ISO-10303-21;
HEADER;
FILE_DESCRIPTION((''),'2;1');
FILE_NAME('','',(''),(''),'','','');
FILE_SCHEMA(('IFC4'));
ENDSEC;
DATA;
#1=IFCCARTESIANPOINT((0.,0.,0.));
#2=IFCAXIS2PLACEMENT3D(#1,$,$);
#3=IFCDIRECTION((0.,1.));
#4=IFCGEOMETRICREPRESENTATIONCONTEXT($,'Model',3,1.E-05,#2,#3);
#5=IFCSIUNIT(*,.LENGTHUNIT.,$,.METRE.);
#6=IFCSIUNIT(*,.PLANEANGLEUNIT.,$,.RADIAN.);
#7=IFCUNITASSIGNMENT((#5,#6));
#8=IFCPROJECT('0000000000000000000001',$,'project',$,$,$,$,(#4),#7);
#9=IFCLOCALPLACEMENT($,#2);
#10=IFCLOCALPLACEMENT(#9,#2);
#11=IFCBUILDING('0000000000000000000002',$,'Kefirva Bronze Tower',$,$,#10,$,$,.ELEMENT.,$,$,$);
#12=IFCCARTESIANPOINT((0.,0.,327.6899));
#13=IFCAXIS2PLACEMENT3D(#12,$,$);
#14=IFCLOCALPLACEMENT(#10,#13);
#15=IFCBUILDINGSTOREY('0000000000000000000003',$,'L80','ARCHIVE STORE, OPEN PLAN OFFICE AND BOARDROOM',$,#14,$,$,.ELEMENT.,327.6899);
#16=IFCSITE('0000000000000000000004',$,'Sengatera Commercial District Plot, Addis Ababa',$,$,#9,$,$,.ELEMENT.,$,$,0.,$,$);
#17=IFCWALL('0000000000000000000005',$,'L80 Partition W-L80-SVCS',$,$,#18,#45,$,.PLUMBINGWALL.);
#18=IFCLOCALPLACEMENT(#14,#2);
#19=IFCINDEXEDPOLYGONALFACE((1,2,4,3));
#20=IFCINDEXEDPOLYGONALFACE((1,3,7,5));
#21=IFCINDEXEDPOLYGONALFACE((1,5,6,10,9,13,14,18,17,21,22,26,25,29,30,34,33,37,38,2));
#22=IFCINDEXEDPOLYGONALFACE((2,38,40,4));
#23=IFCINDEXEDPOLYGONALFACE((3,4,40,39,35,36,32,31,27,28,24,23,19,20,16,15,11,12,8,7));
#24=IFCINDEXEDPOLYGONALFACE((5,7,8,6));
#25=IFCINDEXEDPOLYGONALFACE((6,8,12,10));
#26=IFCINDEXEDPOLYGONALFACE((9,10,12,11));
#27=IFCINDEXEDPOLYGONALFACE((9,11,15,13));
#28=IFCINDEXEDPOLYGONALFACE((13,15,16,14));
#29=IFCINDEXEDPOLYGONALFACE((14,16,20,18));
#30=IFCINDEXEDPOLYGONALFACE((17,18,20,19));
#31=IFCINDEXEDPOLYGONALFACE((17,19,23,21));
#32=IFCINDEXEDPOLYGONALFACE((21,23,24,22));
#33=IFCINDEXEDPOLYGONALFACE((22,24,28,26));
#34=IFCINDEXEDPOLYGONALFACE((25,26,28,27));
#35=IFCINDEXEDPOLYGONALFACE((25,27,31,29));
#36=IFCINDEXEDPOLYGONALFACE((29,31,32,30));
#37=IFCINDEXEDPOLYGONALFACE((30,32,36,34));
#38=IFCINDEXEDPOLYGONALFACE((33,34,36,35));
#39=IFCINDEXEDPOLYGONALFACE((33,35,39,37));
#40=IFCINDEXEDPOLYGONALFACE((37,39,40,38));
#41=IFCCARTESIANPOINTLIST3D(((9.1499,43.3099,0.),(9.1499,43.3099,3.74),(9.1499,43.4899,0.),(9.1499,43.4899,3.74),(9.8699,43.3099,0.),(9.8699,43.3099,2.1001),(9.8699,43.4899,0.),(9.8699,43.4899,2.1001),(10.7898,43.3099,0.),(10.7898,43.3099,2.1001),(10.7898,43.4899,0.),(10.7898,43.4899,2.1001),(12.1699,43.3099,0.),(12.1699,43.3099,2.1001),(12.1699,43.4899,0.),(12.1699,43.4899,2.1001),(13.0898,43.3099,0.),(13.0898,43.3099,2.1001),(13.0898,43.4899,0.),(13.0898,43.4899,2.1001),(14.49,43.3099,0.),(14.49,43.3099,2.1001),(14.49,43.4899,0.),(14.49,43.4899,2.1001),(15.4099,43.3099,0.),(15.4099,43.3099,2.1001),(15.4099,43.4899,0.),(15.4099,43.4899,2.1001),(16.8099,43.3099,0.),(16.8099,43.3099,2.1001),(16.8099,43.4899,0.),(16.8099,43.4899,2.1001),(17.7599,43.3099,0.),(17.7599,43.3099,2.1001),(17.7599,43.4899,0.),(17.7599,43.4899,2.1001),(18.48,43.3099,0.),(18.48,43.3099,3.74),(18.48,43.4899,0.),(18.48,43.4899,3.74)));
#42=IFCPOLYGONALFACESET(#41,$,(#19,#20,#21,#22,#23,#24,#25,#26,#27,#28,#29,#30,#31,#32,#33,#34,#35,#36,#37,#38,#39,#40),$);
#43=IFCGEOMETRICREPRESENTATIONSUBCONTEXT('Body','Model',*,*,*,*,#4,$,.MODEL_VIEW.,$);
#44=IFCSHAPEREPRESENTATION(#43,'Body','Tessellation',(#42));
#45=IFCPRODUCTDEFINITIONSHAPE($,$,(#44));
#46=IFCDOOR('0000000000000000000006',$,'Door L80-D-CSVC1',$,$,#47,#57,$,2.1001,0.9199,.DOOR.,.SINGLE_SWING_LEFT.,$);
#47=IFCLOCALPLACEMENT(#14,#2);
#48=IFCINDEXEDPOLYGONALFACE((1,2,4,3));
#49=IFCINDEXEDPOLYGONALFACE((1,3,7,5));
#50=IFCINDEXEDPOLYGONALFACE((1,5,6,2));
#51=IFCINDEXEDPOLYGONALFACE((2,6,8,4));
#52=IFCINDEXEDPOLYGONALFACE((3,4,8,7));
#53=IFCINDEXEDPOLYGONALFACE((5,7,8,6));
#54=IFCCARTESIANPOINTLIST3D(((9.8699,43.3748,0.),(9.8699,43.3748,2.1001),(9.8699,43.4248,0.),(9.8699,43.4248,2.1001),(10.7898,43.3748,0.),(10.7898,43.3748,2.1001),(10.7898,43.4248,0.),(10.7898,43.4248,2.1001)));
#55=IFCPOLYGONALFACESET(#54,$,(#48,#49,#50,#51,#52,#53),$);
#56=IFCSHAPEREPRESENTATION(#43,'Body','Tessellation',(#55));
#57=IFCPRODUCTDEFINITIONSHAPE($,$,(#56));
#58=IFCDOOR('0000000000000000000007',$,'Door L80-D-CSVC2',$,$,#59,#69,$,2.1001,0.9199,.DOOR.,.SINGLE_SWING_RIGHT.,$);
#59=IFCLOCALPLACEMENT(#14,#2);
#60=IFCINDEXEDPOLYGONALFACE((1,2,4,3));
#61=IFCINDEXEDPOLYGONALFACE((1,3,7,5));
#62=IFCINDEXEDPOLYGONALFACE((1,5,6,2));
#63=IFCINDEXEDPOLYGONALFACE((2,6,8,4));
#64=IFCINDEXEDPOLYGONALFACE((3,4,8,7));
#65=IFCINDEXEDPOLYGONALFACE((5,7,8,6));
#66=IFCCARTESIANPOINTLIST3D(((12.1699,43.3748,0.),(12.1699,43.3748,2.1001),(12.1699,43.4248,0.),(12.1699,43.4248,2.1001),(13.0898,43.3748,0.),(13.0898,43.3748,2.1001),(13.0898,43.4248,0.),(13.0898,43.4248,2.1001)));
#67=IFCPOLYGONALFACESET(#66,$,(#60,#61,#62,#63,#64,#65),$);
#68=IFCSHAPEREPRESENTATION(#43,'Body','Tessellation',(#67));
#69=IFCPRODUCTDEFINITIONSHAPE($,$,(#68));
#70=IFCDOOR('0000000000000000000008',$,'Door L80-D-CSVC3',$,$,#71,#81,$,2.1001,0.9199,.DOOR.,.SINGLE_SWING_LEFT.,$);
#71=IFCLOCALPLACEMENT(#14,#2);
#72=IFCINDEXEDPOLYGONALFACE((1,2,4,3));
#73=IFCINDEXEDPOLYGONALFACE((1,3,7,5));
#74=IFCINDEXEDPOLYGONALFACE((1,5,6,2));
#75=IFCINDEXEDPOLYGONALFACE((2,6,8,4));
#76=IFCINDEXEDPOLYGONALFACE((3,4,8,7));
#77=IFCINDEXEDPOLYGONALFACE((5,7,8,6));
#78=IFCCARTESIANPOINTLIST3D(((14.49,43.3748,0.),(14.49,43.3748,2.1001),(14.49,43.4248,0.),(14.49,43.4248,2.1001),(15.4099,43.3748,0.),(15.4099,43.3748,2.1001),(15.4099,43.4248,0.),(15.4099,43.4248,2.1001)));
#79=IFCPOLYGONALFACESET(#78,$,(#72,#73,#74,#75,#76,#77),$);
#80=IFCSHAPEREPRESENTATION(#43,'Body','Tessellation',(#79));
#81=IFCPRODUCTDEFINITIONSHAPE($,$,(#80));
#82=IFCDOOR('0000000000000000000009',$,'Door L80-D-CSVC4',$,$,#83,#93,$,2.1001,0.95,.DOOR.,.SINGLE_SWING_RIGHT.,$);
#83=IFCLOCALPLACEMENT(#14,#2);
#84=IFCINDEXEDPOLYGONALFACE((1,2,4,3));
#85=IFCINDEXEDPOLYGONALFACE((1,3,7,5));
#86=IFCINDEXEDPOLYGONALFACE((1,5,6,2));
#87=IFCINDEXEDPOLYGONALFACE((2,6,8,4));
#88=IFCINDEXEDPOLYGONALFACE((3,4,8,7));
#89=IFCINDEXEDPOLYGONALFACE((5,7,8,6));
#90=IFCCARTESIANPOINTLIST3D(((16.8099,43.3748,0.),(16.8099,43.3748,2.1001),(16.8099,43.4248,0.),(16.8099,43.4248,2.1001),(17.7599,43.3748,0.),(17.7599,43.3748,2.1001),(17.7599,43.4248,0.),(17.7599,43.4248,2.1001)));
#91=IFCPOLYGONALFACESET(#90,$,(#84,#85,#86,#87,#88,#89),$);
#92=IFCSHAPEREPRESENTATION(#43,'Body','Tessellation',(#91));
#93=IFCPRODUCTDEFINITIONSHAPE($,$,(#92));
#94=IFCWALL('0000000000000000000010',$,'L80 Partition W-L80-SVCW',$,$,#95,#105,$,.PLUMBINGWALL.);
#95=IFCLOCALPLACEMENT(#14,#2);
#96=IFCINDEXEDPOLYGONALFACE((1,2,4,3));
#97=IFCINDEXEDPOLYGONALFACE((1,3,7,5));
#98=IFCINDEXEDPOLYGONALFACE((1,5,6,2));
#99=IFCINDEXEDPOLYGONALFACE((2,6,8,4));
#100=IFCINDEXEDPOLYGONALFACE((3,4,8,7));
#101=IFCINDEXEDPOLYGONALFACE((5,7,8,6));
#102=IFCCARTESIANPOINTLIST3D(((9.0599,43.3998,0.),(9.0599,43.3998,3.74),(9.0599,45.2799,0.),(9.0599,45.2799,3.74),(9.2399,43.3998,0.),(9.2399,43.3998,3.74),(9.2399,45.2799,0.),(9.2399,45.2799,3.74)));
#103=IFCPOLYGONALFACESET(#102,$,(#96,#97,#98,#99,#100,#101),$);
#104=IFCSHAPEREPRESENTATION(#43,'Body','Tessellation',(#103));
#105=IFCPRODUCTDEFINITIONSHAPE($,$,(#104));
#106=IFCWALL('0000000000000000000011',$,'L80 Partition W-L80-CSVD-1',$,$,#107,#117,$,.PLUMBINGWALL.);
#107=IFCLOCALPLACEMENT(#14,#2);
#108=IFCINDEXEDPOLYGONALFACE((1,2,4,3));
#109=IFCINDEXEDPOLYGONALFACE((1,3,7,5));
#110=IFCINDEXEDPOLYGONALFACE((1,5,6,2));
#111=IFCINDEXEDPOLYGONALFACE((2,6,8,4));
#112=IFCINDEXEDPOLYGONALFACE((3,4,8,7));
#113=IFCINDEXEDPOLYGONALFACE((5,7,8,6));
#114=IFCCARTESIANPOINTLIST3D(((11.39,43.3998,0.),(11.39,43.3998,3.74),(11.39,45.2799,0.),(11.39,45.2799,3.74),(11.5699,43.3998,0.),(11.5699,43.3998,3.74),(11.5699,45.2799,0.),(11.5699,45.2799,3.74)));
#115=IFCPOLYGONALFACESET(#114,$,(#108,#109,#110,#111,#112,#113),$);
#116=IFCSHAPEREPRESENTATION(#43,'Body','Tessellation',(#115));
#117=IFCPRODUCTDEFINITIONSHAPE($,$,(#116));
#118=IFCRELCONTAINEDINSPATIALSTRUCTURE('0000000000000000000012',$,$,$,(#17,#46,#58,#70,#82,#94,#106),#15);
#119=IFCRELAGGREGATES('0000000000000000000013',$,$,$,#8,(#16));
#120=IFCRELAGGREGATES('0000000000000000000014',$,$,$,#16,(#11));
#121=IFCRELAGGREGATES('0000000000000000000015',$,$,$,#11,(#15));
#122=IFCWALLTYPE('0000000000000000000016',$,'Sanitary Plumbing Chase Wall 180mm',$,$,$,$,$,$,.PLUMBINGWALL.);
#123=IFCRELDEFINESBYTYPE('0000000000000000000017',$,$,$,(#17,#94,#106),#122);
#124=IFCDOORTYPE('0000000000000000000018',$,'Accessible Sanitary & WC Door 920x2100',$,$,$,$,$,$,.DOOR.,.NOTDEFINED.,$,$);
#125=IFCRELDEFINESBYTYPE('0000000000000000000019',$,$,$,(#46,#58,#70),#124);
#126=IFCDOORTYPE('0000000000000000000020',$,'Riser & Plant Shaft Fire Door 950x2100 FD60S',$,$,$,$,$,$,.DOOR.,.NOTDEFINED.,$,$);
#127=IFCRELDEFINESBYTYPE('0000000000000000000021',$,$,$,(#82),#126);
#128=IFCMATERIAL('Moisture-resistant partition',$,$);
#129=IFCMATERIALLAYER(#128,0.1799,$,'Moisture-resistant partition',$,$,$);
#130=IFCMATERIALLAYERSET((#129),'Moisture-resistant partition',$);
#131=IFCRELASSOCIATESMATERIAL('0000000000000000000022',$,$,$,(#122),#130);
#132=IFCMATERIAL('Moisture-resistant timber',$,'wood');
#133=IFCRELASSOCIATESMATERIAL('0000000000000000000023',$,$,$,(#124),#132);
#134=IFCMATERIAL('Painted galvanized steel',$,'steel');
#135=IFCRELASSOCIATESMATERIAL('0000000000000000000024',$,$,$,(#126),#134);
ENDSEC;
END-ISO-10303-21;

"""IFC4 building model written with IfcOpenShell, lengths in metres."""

from ifc_helpers import new_model, si_unit, direction, frame, frame_2d, origin, place, context, subcontext, project, spatial, rectangle, extrude, material, layer, layer_set, type_object, element, fill, save


model = new_model("IFC4")

# Units and contexts
model_context = context("Model", 3, precision=1e-05, world=origin(), true_north=direction((0.0, 1.0)))
body_context = subcontext(model_context, "Body", "Model", "MODEL_VIEW")
ifc_project = project(units=[si_unit("LENGTHUNIT", "METRE"), si_unit("PLANEANGLEUNIT", "RADIAN")], contexts=[model_context])

# Site, building, storey
site_placement = place(None, origin())
site = spatial("IfcSite", under=ifc_project, at=site_placement, Name="Sengatera Commercial District Plot, Addis Ababa", CompositionType="ELEMENT", RefElevation=0.0)
building_placement = place(site_placement, origin())
building = spatial("IfcBuilding", under=site, at=building_placement, Name="Kefirva Bronze Tower", CompositionType="ELEMENT")
storey_placement = place(building_placement, frame((0.0, 0.0, 327.6899)))
storey = spatial("IfcBuildingStorey", under=building, at=storey_placement, Name="L80", Description="ARCHIVE STORE, OPEN PLAN OFFICE AND BOARDROOM", CompositionType="ELEMENT", Elevation=327.6899)

# Shared definitions
ifc_material_1 = material(Name="Painted galvanized steel", Category="steel")

# Wall, openings, doors
ifc_material_2 = material(Name="Moisture-resistant partition")
ifc_layer_1 = layer(ifc_material_2, 0.1799, Name="Moisture-resistant partition")
ifc_layer_set_1 = layer_set([ifc_layer_1], Name="Moisture-resistant partition")
wall_type_1 = type_object("IfcWallType", Name="Sanitary Plumbing Chase Wall 180mm", PredefinedType="PLUMBINGWALL", material=ifc_layer_set_1)
wall_1_placement = place(storey_placement, frame((9.1499, 43.3999, 0.0), z_axis=(0.0, 0.0, 1.0), x_axis=(1.0, 0.0, 0.0)))
wall_1 = element("IfcWall", 1, at=wall_1_placement, inside=storey, type_object=wall_type_1, Name="L80 Partition W-L80-SVCS", PredefinedType="PLUMBINGWALL", context=body_context, shape_type="SweptSolid", body=[
    extrude(rectangle(XDim=9.3301, YDim=0.1799, at=frame_2d((4.665, 0.0))), origin(), (0.0, 0.0, 1.0), 3.74),
])
opening_1_placement = place(wall_1_placement, frame((0.72, 0.0, 0.0)))
opening_1 = element("IfcOpeningElement", 2, at=opening_1_placement, cuts=wall_1, PredefinedType="OPENING", context=body_context, shape_type="SweptSolid", body=[
    extrude(rectangle(XDim=0.9199, YDim=2.1001, at=frame_2d((0.46, 1.05))), frame((0.0, 0.1001, 0.0), z_axis=(0.0, -1.0, 0.0), x_axis=(1.0, 0.0, 0.0)), (0.0, 0.0, 1.0), 0.2),
])
opening_2_placement = place(wall_1_placement, frame((3.02, 0.0, 0.0)))
opening_2 = element("IfcOpeningElement", 3, at=opening_2_placement, cuts=wall_1, PredefinedType="OPENING", context=body_context, shape_type="SweptSolid", body=[
    extrude(rectangle(XDim=0.9199, YDim=2.1001, at=frame_2d((0.46, 1.05))), frame((0.0, 0.1001, 0.0), z_axis=(0.0, -1.0, 0.0), x_axis=(1.0, 0.0, 0.0)), (0.0, 0.0, 1.0), 0.2),
])
opening_3_placement = place(wall_1_placement, frame((5.3401, 0.0, 0.0)))
opening_3 = element("IfcOpeningElement", 4, at=opening_3_placement, cuts=wall_1, PredefinedType="OPENING", context=body_context, shape_type="SweptSolid", body=[
    extrude(rectangle(XDim=0.9199, YDim=2.1001, at=frame_2d((0.46, 1.05))), frame((0.0, 0.1001, 0.0), z_axis=(0.0, -1.0, 0.0), x_axis=(1.0, 0.0, 0.0)), (0.0, 0.0, 1.0), 0.2),
])
opening_4_placement = place(wall_1_placement, frame((7.6599, 0.0, 0.0)))
opening_4 = element("IfcOpeningElement", 5, at=opening_4_placement, cuts=wall_1, PredefinedType="OPENING", context=body_context, shape_type="SweptSolid", body=[
    extrude(rectangle(XDim=0.95, YDim=2.1001, at=frame_2d((0.4751, 1.05))), frame((0.0, 0.1001, 0.0), z_axis=(0.0, -1.0, 0.0), x_axis=(1.0, 0.0, 0.0)), (0.0, 0.0, 1.0), 0.2),
])
ifc_material_3 = material(Name="Moisture-resistant timber", Category="wood")
door_type_1 = type_object("IfcDoorType", Name="Accessible Sanitary & WC Door 920x2100", OperationType="NOTDEFINED", PredefinedType="DOOR", material=ifc_material_3)
door_1_placement = place(opening_1_placement, origin())
door_1 = element("IfcDoor", 6, at=door_1_placement, inside=storey, type_object=door_type_1, Name="Door L80-D-CSVC1", OperationType="SINGLE_SWING_LEFT", OverallHeight=2.1001, OverallWidth=0.9199, PredefinedType="DOOR", context=body_context, shape_type="SweptSolid", body=[
    extrude(rectangle(XDim=0.9199, YDim=2.1001, at=frame_2d((0.46, 1.05))), frame((0.0, 0.0249, 0.0), z_axis=(0.0, -1.0, 0.0), x_axis=(1.0, 0.0, 0.0)), (0.0, 0.0, 1.0), 0.05),
])
fill(opening_1, door_1)
door_2_placement = place(opening_2_placement, origin())
door_2 = element("IfcDoor", 7, at=door_2_placement, inside=storey, type_object=door_type_1, Name="Door L80-D-CSVC2", OperationType="SINGLE_SWING_RIGHT", OverallHeight=2.1001, OverallWidth=0.9199, PredefinedType="DOOR", context=body_context, shape_type="SweptSolid", body=[
    extrude(rectangle(XDim=0.9199, YDim=2.1001, at=frame_2d((0.46, 1.05))), frame((0.0, 0.0249, 0.0), z_axis=(0.0, -1.0, 0.0), x_axis=(1.0, 0.0, 0.0)), (0.0, 0.0, 1.0), 0.05),
])
fill(opening_2, door_2)
door_3_placement = place(opening_3_placement, origin())
door_3 = element("IfcDoor", 8, at=door_3_placement, inside=storey, type_object=door_type_1, Name="Door L80-D-CSVC3", OperationType="SINGLE_SWING_LEFT", OverallHeight=2.1001, OverallWidth=0.9199, PredefinedType="DOOR", context=body_context, shape_type="SweptSolid", body=[
    extrude(rectangle(XDim=0.9199, YDim=2.1001, at=frame_2d((0.46, 1.05))), frame((0.0, 0.0249, 0.0), z_axis=(0.0, -1.0, 0.0), x_axis=(1.0, 0.0, 0.0)), (0.0, 0.0, 1.0), 0.05),
])
fill(opening_3, door_3)
door_type_2 = type_object("IfcDoorType", Name="Riser & Plant Shaft Fire Door 950x2100 FD60S", OperationType="NOTDEFINED", PredefinedType="DOOR", material=ifc_material_1)
door_4_placement = place(opening_4_placement, origin())
door_4 = element("IfcDoor", 9, at=door_4_placement, inside=storey, type_object=door_type_2, Name="Door L80-D-CSVC4", OperationType="SINGLE_SWING_RIGHT", OverallHeight=2.1001, OverallWidth=0.95, PredefinedType="DOOR", context=body_context, shape_type="SweptSolid", body=[
    extrude(rectangle(XDim=0.95, YDim=2.1001, at=frame_2d((0.4751, 1.05))), frame((0.0, 0.0249, 0.0), z_axis=(0.0, -1.0, 0.0), x_axis=(1.0, 0.0, 0.0)), (0.0, 0.0, 1.0), 0.05),
])
fill(opening_4, door_4)

# Walls
for number, where, z_axis, x_axis, name in (
    (10, (9.1499, 43.3999, 0.0), (0.0, 0.0, 1.0), (0.0, 1.0, 0.0), "L80 Partition W-L80-SVCW"),
    (11, (11.48, 43.3999, 0.0), (0.0, 0.0, 1.0), (0.0, 1.0, 0.0), "L80 Partition W-L80-CSVD-1"),
):
    element("IfcWall", number, at=place(storey_placement, frame(where, z_axis=z_axis, x_axis=x_axis)), inside=storey, type_object=wall_type_1, Name=name, PredefinedType="PLUMBINGWALL", context=body_context, shape_type="SweptSolid", body=[
        extrude(rectangle(XDim=1.8801, YDim=0.1799, at=frame_2d((0.9399, 0.0))), origin(), (0.0, 0.0, 1.0), 3.74),
    ])

save(model, "model.ifc")
